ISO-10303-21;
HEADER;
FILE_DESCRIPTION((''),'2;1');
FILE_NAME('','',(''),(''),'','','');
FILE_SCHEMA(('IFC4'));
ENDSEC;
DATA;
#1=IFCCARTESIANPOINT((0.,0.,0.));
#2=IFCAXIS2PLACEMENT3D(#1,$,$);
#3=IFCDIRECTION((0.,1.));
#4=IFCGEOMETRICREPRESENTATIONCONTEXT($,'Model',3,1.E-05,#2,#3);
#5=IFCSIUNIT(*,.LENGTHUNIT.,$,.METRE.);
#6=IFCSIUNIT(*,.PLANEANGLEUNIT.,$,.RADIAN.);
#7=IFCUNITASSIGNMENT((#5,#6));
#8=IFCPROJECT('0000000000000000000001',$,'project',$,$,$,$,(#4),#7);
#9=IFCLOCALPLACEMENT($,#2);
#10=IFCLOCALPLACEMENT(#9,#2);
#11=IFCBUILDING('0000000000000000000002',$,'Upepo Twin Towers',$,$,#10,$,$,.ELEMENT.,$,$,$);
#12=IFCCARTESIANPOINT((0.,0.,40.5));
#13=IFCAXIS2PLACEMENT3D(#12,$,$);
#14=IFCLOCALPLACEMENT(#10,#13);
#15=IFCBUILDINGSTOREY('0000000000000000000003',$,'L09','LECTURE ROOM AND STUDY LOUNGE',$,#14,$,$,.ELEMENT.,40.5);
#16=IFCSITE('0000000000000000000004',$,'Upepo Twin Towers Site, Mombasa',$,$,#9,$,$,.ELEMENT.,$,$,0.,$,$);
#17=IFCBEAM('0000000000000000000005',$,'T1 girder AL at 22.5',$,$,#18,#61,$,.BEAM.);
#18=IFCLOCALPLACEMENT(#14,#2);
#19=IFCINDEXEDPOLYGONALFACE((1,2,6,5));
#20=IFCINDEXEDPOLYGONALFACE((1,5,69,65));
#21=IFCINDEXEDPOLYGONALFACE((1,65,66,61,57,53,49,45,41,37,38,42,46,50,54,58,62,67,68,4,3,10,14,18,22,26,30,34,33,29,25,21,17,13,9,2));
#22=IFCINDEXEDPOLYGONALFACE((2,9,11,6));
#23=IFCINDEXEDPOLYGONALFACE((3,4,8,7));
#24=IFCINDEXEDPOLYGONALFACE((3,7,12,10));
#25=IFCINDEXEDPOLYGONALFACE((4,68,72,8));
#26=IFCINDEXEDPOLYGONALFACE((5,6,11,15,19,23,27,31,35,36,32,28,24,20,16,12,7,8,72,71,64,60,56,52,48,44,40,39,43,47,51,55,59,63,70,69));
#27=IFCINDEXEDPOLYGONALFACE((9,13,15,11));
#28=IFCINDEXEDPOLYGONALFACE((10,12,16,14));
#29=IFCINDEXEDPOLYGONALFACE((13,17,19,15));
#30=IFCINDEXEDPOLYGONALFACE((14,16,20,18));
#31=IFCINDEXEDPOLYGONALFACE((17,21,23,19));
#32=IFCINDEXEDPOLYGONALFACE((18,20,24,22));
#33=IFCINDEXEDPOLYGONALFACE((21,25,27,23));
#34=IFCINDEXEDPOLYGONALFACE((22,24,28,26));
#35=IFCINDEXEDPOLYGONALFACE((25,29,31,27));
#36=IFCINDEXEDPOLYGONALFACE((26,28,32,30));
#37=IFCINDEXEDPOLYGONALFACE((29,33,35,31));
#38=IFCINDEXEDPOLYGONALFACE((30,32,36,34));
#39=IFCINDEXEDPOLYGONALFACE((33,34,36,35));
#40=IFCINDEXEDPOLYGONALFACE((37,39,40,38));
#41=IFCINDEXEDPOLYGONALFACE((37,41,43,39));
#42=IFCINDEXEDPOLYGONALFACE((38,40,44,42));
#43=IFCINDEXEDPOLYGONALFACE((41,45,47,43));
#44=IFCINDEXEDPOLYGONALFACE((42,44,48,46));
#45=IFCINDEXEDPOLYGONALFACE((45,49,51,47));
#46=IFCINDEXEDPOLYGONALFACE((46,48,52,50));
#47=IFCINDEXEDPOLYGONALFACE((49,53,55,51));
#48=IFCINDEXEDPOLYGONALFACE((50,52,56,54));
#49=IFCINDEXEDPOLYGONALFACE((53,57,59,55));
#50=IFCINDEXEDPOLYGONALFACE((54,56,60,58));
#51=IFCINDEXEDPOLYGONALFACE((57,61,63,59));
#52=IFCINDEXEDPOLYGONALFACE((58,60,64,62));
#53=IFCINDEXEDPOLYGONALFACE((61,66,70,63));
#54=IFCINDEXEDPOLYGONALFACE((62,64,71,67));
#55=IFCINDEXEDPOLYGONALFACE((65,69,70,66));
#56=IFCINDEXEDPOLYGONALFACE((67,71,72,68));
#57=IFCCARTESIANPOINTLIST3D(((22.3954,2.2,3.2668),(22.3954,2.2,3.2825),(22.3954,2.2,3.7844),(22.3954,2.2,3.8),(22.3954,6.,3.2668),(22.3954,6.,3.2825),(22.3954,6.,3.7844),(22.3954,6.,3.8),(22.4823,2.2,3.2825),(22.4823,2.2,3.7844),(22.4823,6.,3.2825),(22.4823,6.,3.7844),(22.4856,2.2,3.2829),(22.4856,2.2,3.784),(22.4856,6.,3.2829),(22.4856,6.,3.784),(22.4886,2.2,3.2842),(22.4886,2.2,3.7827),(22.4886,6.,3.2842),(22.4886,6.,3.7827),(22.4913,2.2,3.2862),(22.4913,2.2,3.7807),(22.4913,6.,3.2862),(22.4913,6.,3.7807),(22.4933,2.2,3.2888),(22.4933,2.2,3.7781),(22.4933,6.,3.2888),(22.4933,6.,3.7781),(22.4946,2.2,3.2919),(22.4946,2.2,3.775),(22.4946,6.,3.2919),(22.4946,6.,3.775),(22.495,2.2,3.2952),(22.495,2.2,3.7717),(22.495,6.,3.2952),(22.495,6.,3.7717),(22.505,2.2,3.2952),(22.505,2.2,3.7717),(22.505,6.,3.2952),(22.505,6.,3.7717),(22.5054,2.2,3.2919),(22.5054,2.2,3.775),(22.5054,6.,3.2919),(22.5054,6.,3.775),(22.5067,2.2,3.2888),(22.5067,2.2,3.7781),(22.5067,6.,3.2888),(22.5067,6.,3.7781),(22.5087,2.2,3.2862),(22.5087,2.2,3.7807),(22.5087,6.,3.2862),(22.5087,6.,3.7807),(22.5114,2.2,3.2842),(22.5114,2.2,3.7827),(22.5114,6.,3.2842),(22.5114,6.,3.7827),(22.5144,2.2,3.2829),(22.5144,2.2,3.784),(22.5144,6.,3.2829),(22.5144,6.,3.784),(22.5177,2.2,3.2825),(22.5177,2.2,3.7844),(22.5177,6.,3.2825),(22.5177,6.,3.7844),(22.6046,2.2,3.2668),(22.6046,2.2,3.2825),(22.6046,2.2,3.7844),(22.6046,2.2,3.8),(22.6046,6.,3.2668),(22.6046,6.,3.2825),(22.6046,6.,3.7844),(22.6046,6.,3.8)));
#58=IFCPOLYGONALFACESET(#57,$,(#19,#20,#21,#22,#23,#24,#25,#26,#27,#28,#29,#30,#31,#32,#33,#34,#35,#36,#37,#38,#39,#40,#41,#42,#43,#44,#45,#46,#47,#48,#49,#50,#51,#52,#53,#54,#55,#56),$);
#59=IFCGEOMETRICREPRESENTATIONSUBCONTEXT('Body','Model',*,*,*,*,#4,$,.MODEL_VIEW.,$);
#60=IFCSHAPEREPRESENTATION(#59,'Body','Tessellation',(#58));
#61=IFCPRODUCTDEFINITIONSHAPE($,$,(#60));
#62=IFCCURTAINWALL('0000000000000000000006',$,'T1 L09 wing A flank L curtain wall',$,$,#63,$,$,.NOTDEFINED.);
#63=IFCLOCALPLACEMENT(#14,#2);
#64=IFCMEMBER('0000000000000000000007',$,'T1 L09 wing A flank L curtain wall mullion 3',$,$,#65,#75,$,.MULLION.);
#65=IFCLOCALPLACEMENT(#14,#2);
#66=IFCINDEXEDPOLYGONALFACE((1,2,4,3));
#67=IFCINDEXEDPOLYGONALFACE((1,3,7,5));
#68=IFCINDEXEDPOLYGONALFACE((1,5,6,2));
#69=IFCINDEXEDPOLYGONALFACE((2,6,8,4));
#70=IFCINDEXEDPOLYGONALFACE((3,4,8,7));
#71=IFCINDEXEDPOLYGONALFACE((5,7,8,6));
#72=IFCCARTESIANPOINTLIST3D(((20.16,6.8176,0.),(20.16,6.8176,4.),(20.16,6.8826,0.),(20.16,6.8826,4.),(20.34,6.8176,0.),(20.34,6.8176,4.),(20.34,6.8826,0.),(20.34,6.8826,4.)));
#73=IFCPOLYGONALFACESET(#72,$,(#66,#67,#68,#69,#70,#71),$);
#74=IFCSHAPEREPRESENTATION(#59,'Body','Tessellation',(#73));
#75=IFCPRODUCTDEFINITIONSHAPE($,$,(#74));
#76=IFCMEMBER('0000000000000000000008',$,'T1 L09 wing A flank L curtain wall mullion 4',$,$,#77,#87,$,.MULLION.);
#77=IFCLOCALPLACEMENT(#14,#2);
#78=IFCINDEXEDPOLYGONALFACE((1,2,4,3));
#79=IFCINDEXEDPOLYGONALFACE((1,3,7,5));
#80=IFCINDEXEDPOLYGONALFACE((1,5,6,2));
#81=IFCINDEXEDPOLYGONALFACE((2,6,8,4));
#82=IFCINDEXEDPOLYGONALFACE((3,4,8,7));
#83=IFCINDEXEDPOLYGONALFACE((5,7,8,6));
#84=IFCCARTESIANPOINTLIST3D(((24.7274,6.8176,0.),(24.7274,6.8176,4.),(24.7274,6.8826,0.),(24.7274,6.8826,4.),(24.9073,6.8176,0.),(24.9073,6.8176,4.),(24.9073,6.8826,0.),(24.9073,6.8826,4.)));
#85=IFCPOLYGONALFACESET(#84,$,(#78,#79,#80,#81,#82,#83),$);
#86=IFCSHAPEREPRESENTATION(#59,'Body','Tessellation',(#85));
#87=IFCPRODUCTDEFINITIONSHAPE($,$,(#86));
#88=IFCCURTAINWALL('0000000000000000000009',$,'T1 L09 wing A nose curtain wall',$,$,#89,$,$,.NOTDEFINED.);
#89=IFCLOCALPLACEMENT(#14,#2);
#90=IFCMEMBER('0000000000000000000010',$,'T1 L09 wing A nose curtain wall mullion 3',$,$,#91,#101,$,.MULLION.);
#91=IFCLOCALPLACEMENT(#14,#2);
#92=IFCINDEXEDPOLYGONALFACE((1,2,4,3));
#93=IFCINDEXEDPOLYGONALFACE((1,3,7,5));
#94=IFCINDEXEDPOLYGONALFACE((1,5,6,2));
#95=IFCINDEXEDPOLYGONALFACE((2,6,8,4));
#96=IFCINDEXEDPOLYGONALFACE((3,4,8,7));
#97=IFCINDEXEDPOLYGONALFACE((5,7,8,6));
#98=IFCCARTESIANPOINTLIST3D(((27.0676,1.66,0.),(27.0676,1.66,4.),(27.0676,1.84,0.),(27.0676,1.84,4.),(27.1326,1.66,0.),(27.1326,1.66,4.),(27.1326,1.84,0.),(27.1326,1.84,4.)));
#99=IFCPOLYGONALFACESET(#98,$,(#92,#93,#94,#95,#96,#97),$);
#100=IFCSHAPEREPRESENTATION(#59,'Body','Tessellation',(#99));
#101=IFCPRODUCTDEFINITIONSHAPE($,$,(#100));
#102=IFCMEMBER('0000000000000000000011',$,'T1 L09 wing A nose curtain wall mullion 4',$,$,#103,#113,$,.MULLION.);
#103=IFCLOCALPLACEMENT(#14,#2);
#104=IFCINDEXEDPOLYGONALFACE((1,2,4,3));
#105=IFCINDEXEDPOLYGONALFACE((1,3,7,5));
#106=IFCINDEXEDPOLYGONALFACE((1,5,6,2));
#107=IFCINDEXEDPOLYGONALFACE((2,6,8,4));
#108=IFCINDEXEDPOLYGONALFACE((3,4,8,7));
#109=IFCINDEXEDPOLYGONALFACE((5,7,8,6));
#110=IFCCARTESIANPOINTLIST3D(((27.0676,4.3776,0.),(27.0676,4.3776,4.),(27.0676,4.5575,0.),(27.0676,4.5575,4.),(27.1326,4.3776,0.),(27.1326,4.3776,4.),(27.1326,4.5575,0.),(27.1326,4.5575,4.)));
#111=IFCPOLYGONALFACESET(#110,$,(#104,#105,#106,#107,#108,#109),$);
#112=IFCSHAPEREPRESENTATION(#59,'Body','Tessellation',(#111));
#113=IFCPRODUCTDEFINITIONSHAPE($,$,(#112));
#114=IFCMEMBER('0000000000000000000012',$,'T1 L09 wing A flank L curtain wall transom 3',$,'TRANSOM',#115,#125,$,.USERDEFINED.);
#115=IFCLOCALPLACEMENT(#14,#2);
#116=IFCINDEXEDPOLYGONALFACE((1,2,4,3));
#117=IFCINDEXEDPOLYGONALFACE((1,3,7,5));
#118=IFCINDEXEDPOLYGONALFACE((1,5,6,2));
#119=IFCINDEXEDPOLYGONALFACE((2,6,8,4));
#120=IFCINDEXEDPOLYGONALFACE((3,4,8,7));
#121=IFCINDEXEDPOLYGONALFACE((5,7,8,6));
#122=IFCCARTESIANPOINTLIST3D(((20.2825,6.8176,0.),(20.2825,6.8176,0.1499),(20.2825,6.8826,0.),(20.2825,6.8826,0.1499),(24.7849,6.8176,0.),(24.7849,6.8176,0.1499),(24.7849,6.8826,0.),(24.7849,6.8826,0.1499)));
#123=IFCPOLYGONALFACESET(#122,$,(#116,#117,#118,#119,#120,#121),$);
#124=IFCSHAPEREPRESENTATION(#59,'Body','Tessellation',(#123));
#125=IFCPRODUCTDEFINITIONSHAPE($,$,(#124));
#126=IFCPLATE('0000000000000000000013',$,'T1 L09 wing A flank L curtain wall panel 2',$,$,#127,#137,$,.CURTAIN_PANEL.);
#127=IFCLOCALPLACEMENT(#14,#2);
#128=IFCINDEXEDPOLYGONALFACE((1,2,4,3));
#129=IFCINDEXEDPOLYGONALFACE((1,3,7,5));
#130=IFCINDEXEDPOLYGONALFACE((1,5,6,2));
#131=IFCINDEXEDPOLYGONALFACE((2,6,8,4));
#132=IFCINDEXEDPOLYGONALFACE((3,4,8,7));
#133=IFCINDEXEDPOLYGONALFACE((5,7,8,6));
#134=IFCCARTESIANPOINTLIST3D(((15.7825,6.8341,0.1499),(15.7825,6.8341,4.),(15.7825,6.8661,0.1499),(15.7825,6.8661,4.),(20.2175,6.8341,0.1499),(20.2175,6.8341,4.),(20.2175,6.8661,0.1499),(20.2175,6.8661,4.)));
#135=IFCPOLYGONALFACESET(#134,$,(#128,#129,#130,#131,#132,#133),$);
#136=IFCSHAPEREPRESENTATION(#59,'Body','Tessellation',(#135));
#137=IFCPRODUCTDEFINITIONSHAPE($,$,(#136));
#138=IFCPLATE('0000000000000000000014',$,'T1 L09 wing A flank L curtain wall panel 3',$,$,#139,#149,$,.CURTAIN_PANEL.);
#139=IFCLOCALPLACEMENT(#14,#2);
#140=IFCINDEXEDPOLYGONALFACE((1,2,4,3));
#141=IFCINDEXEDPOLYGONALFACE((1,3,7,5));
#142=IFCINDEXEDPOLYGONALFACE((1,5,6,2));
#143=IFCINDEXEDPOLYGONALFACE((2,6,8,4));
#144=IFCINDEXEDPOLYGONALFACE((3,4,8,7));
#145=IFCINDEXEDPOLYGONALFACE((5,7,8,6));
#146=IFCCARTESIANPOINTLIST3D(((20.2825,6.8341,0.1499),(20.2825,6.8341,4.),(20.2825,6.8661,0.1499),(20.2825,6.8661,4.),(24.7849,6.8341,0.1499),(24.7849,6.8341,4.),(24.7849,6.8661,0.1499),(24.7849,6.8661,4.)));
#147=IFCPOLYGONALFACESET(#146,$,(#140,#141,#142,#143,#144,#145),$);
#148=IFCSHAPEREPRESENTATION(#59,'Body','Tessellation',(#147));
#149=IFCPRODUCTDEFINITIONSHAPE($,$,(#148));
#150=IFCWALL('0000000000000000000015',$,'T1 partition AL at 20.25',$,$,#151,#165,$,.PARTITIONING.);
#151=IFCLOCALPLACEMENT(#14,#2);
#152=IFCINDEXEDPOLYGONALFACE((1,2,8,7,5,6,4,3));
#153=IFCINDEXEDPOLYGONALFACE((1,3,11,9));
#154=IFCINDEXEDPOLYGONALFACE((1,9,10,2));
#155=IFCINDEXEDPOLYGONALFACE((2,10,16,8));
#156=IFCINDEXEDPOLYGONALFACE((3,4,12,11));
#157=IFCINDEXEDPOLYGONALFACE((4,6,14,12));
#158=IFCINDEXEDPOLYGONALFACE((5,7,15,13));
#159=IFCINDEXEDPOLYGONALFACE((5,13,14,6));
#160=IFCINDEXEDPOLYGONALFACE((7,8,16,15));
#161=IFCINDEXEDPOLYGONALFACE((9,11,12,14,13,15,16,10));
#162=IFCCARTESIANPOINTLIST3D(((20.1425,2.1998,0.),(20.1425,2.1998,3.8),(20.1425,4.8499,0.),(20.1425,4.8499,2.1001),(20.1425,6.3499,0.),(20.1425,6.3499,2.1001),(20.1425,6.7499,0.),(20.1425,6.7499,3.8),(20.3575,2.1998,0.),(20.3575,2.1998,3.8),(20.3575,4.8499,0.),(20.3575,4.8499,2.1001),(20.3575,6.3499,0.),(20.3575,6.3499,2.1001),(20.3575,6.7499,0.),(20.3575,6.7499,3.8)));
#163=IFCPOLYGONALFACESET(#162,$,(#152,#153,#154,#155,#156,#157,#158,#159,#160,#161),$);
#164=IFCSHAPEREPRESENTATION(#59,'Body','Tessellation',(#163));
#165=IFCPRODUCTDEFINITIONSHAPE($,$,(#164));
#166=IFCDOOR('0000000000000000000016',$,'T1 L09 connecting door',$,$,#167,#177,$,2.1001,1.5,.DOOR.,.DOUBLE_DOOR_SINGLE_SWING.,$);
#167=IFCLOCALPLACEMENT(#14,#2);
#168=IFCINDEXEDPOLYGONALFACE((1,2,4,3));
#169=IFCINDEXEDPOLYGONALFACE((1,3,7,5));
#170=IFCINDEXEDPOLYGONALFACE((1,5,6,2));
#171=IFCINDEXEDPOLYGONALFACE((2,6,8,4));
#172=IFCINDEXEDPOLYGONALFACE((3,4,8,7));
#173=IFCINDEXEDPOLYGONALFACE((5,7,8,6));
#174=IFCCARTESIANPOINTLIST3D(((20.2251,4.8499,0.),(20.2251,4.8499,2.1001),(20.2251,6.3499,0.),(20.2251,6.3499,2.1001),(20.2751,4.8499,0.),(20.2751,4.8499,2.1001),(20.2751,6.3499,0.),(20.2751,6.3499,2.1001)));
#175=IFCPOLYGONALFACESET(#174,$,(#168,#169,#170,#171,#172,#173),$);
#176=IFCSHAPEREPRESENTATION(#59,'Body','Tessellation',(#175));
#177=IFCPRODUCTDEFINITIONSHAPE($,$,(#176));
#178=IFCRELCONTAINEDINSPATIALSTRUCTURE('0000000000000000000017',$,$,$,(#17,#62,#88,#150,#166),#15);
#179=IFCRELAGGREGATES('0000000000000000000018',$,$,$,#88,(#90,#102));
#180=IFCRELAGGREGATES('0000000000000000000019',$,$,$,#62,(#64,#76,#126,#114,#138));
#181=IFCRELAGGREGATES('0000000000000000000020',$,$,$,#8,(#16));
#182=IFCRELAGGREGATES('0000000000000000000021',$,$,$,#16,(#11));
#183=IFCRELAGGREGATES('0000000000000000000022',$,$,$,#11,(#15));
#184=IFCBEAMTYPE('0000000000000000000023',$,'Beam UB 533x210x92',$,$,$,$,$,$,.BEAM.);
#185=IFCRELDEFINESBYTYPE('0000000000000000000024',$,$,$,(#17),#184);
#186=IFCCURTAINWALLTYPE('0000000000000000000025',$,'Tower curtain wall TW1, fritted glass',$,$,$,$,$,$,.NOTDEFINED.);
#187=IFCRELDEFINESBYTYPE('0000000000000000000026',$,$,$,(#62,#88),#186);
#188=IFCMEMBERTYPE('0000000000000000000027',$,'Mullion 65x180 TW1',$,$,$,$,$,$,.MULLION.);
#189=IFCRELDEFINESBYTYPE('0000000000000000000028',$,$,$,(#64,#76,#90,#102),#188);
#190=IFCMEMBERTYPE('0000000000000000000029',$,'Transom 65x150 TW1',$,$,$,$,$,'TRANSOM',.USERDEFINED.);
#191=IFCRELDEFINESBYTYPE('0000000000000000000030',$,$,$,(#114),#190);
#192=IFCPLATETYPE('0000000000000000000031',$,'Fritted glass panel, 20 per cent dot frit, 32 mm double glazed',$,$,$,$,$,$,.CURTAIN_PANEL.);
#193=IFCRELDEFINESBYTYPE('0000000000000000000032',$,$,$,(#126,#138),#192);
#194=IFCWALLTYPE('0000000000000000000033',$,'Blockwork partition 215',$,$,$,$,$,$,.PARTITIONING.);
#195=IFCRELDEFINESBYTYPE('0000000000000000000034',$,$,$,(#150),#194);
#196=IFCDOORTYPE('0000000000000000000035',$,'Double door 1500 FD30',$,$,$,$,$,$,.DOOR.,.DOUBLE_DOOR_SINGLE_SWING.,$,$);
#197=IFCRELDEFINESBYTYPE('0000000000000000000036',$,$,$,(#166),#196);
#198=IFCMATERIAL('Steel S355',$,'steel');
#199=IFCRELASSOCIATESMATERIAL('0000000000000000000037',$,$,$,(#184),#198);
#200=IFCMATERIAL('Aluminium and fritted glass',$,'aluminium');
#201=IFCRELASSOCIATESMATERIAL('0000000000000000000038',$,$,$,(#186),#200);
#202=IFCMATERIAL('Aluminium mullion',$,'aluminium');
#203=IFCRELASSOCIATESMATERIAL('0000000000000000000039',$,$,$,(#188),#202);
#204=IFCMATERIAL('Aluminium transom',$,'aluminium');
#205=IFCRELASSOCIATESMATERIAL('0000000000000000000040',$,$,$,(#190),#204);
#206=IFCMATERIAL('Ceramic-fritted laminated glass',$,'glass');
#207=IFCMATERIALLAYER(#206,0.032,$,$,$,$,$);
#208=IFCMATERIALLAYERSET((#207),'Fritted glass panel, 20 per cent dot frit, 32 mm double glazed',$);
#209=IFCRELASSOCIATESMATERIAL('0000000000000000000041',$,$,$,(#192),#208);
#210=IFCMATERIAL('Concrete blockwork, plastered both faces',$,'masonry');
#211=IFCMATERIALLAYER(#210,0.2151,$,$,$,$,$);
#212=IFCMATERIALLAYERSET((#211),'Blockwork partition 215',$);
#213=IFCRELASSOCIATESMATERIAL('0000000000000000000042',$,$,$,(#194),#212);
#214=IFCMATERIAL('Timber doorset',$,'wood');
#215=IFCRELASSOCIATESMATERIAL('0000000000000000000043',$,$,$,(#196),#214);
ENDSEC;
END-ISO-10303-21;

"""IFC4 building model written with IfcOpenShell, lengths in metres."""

from ifc_helpers import new_model, si_unit, direction, frame, frame_2d, origin, origin_2d, place, context, subcontext, project, spatial, rectangle, i_section, extrude, material, layer, layer_set, material_profile, profile_set, type_object, element, fill, aggregate, save


model = new_model("IFC4")

# Units and contexts
model_context = context("Model", 3, precision=1e-05, world=origin(), true_north=direction((0.0, 1.0)))
body_context = subcontext(model_context, "Body", "Model", "MODEL_VIEW")
ifc_project = project(units=[si_unit("LENGTHUNIT", "METRE"), si_unit("PLANEANGLEUNIT", "RADIAN")], contexts=[model_context])

# Site, building, storey
site_placement = place(None, origin())
site = spatial("IfcSite", under=ifc_project, at=site_placement, Name="Upepo Twin Towers Site, Mombasa", CompositionType="ELEMENT", RefElevation=0.0)
building_placement = place(site_placement, origin())
building = spatial("IfcBuilding", under=site, at=building_placement, Name="Upepo Twin Towers", CompositionType="ELEMENT")
storey_placement = place(building_placement, frame((0.0, 0.0, 40.5)))
storey = spatial("IfcBuildingStorey", under=building, at=storey_placement, Name="L09", Description="LECTURE ROOM AND STUDY LOUNGE", CompositionType="ELEMENT", Elevation=40.5)

# Beam
ifc_material_1 = material(Name="Steel S355", Category="steel")
ifc_material_profile_1 = material_profile(ifc_material_1, i_section(OverallWidth=0.2092, OverallDepth=0.5332, WebThickness=0.01, FlangeThickness=0.0156, FilletRadius=0.0127, at=origin_2d()), Name="UB 533x210x92")
ifc_profile_set_1 = profile_set([ifc_material_profile_1], Name="Steel S355")
beam_type_1 = type_object("IfcBeamType", Name="Beam UB 533x210x92", PredefinedType="BEAM", material=ifc_profile_set_1)
beam_1_placement = place(storey_placement, frame((22.5, 6.0, 3.5334), z_axis=(0.0, -1.0, 0.0), x_axis=(1.0, 0.0, 0.0)))
element("IfcBeam", 1, at=beam_1_placement, inside=storey, type_object=beam_type_1, Name="T1 girder AL at 22.5", PredefinedType="BEAM", context=body_context, shape_type="SweptSolid", body=[
    extrude(i_section(OverallWidth=0.2092, OverallDepth=0.5332, WebThickness=0.01, FlangeThickness=0.0156, FilletRadius=0.0127, at=origin_2d()), origin(), (0.0, 0.0, 1.0), 3.8),
])

# Curtain walls, members
ifc_material_2 = material(Name="Aluminium and fritted glass", Category="aluminium")
curtain_wall_type = type_object("IfcCurtainWallType", Name="Tower curtain wall TW1, fritted glass", PredefinedType="NOTDEFINED", material=ifc_material_2)
curtain_wall_1_placement = place(storey_placement, origin())
curtain_wall_1 = element("IfcCurtainWall", 2, at=curtain_wall_1_placement, inside=storey, type_object=curtain_wall_type, Name="T1 L09 wing A flank L curtain wall", PredefinedType="NOTDEFINED")
ifc_material_3 = material(Name="Aluminium mullion", Category="aluminium")
ifc_material_profile_2 = material_profile(ifc_material_3, rectangle(XDim=0.0649, YDim=0.1799, at=origin_2d()), Name="MULLION 65x180")
ifc_profile_set_2 = profile_set([ifc_material_profile_2], Name="Aluminium mullion")
member_type_1 = type_object("IfcMemberType", Name="Mullion 65x180 TW1", PredefinedType="MULLION", material=ifc_profile_set_2)
member_1_placement = place(storey_placement, frame((20.25, 6.8501, 0.0), z_axis=(0.0, 0.0, 1.0), x_axis=(0.0, 1.0, 0.0)))
member_1 = element("IfcMember", 3, at=member_1_placement, type_object=member_type_1, Name="T1 L09 wing A flank L curtain wall mullion 3", PredefinedType="MULLION", context=body_context, shape_type="SweptSolid", body=[
    extrude(rectangle(XDim=0.0649, YDim=0.1799, at=origin_2d()), origin(), (0.0, 0.0, 1.0), 4.0),
])
member_2_placement = place(storey_placement, frame((24.8174, 6.8501, 0.0), z_axis=(0.0, 0.0, 1.0), x_axis=(0.0, 1.0, 0.0)))
member_2 = element("IfcMember", 4, at=member_2_placement, type_object=member_type_1, Name="T1 L09 wing A flank L curtain wall mullion 4", PredefinedType="MULLION", context=body_context, shape_type="SweptSolid", body=[
    extrude(rectangle(XDim=0.0649, YDim=0.1799, at=origin_2d()), origin(), (0.0, 0.0, 1.0), 4.0),
])
curtain_wall_2_placement = place(storey_placement, origin())
curtain_wall_2 = element("IfcCurtainWall", 5, at=curtain_wall_2_placement, inside=storey, type_object=curtain_wall_type, Name="T1 L09 wing A nose curtain wall", PredefinedType="NOTDEFINED")
member_3_placement = place(storey_placement, frame((27.1001, 1.75, 0.0), z_axis=(0.0, 0.0, 1.0), x_axis=(-1.0, 0.0, 0.0)))
member_3 = element("IfcMember", 6, at=member_3_placement, type_object=member_type_1, Name="T1 L09 wing A nose curtain wall mullion 3", PredefinedType="MULLION", context=body_context, shape_type="SweptSolid", body=[
    extrude(rectangle(XDim=0.0649, YDim=0.1799, at=origin_2d()), origin(), (0.0, 0.0, 1.0), 4.0),
])
member_4_placement = place(storey_placement, frame((27.1001, 4.4675, 0.0), z_axis=(0.0, 0.0, 1.0), x_axis=(-1.0, 0.0, 0.0)))
member_4 = element("IfcMember", 7, at=member_4_placement, type_object=member_type_1, Name="T1 L09 wing A nose curtain wall mullion 4", PredefinedType="MULLION", context=body_context, shape_type="SweptSolid", body=[
    extrude(rectangle(XDim=0.0649, YDim=0.1799, at=origin_2d()), origin(), (0.0, 0.0, 1.0), 4.0),
])
aggregate(curtain_wall_2, [member_3, member_4])

# Member
ifc_material_4 = material(Name="Aluminium transom", Category="aluminium")
ifc_material_profile_3 = material_profile(ifc_material_4, rectangle(XDim=0.0649, YDim=0.1499, at=origin_2d()), Name="TRANSOM 65x150")
ifc_profile_set_3 = profile_set([ifc_material_profile_3], Name="Aluminium transom")
member_type_2 = type_object("IfcMemberType", Name="Transom 65x150 TW1", ElementType="TRANSOM", PredefinedType="USERDEFINED", material=ifc_profile_set_3)
member_5_placement = place(storey_placement, frame((20.2825, 6.8501, 0.075), z_axis=(1.0, 0.0, 0.0), x_axis=(0.0, 1.0, 0.0)))
member_5 = element("IfcMember", 8, at=member_5_placement, type_object=member_type_2, Name="T1 L09 wing A flank L curtain wall transom 3", ObjectType="TRANSOM", PredefinedType="USERDEFINED", context=body_context, shape_type="SweptSolid", body=[
    extrude(rectangle(XDim=0.0649, YDim=0.1499, at=origin_2d()), origin(), (0.0, 0.0, 1.0), 4.5024),
])

# Plates
ifc_material_5 = material(Name="Ceramic-fritted laminated glass", Category="glass")
ifc_layer_1 = layer(ifc_material_5, 0.032)
ifc_layer_set_1 = layer_set([ifc_layer_1], Name="Fritted glass panel, 20 per cent dot frit, 32 mm double glazed")
plate_type = type_object("IfcPlateType", Name="Fritted glass panel, 20 per cent dot frit, 32 mm double glazed", PredefinedType="CURTAIN_PANEL", material=ifc_layer_set_1)
plate_1_placement = place(storey_placement, frame((18.0, 6.8501, 0.1499), z_axis=(0.0, 0.0, 1.0), x_axis=(1.0, 0.0, 0.0)))
plate_1 = element("IfcPlate", 9, at=plate_1_placement, type_object=plate_type, Name="T1 L09 wing A flank L curtain wall panel 2", PredefinedType="CURTAIN_PANEL", context=body_context, shape_type="SweptSolid", body=[
    extrude(rectangle(XDim=4.4351, YDim=0.032, at=origin_2d()), origin(), (0.0, 0.0, 1.0), 3.8501),
])
plate_2_placement = place(storey_placement, frame((22.5337, 6.8501, 0.1499), z_axis=(0.0, 0.0, 1.0), x_axis=(1.0, 0.0, 0.0)))
plate_2 = element("IfcPlate", 10, at=plate_2_placement, type_object=plate_type, Name="T1 L09 wing A flank L curtain wall panel 3", PredefinedType="CURTAIN_PANEL", context=body_context, shape_type="SweptSolid", body=[
    extrude(rectangle(XDim=4.5024, YDim=0.032, at=origin_2d()), origin(), (0.0, 0.0, 1.0), 3.8501),
])
aggregate(curtain_wall_1, [member_1, member_2, plate_1, member_5, plate_2])

# Wall, opening, door
ifc_material_6 = material(Name="Concrete blockwork, plastered both faces", Category="masonry")
ifc_layer_2 = layer(ifc_material_6, 0.2151)
ifc_layer_set_2 = layer_set([ifc_layer_2], Name="Blockwork partition 215")
wall_type_1 = type_object("IfcWallType", Name="Blockwork partition 215", PredefinedType="PARTITIONING", material=ifc_layer_set_2)
wall_1_placement = place(storey_placement, frame((20.25, 2.2, 0.0), z_axis=(0.0, 0.0, 1.0), x_axis=(0.0, 1.0, 0.0)))
wall_1 = element("IfcWall", 11, at=wall_1_placement, inside=storey, type_object=wall_type_1, Name="T1 partition AL at 20.25", PredefinedType="PARTITIONING", context=body_context, shape_type="SweptSolid", body=[
    extrude(rectangle(XDim=4.55, YDim=0.2151, at=frame_2d((2.2749, 0.0))), origin(), (0.0, 0.0, 1.0), 3.8),
])
opening_placement = place(wall_1_placement, frame((2.6499, 0.0, 0.0)))
opening = element("IfcOpeningElement", 12, at=opening_placement, cuts=wall_1, PredefinedType="OPENING", context=body_context, shape_type="SweptSolid", body=[
    extrude(rectangle(XDim=1.5, YDim=2.1001, at=frame_2d((0.75, 1.05))), frame((0.0, 0.1174, 0.0), z_axis=(0.0, -1.0, 0.0), x_axis=(1.0, 0.0, 0.0)), (0.0, 0.0, 1.0), 0.2351),
])
ifc_material_7 = material(Name="Timber doorset", Category="wood")
door_type = type_object("IfcDoorType", Name="Double door 1500 FD30", OperationType="DOUBLE_DOOR_SINGLE_SWING", PredefinedType="DOOR", material=ifc_material_7)
door_placement = place(opening_placement, origin())
door = element("IfcDoor", 13, at=door_placement, inside=storey, type_object=door_type, Name="T1 L09 connecting door", OperationType="DOUBLE_DOOR_SINGLE_SWING", OverallHeight=2.1001, OverallWidth=1.5, PredefinedType="DOOR", context=body_context, shape_type="SweptSolid", body=[
    extrude(rectangle(XDim=1.5, YDim=2.1001, at=frame_2d((0.75, 1.05))), frame((0.0, 0.0249, 0.0), z_axis=(0.0, -1.0, 0.0), x_axis=(1.0, 0.0, 0.0)), (0.0, 0.0, 1.0), 0.05),
])
fill(opening, door)

save(model, "model.ifc")
